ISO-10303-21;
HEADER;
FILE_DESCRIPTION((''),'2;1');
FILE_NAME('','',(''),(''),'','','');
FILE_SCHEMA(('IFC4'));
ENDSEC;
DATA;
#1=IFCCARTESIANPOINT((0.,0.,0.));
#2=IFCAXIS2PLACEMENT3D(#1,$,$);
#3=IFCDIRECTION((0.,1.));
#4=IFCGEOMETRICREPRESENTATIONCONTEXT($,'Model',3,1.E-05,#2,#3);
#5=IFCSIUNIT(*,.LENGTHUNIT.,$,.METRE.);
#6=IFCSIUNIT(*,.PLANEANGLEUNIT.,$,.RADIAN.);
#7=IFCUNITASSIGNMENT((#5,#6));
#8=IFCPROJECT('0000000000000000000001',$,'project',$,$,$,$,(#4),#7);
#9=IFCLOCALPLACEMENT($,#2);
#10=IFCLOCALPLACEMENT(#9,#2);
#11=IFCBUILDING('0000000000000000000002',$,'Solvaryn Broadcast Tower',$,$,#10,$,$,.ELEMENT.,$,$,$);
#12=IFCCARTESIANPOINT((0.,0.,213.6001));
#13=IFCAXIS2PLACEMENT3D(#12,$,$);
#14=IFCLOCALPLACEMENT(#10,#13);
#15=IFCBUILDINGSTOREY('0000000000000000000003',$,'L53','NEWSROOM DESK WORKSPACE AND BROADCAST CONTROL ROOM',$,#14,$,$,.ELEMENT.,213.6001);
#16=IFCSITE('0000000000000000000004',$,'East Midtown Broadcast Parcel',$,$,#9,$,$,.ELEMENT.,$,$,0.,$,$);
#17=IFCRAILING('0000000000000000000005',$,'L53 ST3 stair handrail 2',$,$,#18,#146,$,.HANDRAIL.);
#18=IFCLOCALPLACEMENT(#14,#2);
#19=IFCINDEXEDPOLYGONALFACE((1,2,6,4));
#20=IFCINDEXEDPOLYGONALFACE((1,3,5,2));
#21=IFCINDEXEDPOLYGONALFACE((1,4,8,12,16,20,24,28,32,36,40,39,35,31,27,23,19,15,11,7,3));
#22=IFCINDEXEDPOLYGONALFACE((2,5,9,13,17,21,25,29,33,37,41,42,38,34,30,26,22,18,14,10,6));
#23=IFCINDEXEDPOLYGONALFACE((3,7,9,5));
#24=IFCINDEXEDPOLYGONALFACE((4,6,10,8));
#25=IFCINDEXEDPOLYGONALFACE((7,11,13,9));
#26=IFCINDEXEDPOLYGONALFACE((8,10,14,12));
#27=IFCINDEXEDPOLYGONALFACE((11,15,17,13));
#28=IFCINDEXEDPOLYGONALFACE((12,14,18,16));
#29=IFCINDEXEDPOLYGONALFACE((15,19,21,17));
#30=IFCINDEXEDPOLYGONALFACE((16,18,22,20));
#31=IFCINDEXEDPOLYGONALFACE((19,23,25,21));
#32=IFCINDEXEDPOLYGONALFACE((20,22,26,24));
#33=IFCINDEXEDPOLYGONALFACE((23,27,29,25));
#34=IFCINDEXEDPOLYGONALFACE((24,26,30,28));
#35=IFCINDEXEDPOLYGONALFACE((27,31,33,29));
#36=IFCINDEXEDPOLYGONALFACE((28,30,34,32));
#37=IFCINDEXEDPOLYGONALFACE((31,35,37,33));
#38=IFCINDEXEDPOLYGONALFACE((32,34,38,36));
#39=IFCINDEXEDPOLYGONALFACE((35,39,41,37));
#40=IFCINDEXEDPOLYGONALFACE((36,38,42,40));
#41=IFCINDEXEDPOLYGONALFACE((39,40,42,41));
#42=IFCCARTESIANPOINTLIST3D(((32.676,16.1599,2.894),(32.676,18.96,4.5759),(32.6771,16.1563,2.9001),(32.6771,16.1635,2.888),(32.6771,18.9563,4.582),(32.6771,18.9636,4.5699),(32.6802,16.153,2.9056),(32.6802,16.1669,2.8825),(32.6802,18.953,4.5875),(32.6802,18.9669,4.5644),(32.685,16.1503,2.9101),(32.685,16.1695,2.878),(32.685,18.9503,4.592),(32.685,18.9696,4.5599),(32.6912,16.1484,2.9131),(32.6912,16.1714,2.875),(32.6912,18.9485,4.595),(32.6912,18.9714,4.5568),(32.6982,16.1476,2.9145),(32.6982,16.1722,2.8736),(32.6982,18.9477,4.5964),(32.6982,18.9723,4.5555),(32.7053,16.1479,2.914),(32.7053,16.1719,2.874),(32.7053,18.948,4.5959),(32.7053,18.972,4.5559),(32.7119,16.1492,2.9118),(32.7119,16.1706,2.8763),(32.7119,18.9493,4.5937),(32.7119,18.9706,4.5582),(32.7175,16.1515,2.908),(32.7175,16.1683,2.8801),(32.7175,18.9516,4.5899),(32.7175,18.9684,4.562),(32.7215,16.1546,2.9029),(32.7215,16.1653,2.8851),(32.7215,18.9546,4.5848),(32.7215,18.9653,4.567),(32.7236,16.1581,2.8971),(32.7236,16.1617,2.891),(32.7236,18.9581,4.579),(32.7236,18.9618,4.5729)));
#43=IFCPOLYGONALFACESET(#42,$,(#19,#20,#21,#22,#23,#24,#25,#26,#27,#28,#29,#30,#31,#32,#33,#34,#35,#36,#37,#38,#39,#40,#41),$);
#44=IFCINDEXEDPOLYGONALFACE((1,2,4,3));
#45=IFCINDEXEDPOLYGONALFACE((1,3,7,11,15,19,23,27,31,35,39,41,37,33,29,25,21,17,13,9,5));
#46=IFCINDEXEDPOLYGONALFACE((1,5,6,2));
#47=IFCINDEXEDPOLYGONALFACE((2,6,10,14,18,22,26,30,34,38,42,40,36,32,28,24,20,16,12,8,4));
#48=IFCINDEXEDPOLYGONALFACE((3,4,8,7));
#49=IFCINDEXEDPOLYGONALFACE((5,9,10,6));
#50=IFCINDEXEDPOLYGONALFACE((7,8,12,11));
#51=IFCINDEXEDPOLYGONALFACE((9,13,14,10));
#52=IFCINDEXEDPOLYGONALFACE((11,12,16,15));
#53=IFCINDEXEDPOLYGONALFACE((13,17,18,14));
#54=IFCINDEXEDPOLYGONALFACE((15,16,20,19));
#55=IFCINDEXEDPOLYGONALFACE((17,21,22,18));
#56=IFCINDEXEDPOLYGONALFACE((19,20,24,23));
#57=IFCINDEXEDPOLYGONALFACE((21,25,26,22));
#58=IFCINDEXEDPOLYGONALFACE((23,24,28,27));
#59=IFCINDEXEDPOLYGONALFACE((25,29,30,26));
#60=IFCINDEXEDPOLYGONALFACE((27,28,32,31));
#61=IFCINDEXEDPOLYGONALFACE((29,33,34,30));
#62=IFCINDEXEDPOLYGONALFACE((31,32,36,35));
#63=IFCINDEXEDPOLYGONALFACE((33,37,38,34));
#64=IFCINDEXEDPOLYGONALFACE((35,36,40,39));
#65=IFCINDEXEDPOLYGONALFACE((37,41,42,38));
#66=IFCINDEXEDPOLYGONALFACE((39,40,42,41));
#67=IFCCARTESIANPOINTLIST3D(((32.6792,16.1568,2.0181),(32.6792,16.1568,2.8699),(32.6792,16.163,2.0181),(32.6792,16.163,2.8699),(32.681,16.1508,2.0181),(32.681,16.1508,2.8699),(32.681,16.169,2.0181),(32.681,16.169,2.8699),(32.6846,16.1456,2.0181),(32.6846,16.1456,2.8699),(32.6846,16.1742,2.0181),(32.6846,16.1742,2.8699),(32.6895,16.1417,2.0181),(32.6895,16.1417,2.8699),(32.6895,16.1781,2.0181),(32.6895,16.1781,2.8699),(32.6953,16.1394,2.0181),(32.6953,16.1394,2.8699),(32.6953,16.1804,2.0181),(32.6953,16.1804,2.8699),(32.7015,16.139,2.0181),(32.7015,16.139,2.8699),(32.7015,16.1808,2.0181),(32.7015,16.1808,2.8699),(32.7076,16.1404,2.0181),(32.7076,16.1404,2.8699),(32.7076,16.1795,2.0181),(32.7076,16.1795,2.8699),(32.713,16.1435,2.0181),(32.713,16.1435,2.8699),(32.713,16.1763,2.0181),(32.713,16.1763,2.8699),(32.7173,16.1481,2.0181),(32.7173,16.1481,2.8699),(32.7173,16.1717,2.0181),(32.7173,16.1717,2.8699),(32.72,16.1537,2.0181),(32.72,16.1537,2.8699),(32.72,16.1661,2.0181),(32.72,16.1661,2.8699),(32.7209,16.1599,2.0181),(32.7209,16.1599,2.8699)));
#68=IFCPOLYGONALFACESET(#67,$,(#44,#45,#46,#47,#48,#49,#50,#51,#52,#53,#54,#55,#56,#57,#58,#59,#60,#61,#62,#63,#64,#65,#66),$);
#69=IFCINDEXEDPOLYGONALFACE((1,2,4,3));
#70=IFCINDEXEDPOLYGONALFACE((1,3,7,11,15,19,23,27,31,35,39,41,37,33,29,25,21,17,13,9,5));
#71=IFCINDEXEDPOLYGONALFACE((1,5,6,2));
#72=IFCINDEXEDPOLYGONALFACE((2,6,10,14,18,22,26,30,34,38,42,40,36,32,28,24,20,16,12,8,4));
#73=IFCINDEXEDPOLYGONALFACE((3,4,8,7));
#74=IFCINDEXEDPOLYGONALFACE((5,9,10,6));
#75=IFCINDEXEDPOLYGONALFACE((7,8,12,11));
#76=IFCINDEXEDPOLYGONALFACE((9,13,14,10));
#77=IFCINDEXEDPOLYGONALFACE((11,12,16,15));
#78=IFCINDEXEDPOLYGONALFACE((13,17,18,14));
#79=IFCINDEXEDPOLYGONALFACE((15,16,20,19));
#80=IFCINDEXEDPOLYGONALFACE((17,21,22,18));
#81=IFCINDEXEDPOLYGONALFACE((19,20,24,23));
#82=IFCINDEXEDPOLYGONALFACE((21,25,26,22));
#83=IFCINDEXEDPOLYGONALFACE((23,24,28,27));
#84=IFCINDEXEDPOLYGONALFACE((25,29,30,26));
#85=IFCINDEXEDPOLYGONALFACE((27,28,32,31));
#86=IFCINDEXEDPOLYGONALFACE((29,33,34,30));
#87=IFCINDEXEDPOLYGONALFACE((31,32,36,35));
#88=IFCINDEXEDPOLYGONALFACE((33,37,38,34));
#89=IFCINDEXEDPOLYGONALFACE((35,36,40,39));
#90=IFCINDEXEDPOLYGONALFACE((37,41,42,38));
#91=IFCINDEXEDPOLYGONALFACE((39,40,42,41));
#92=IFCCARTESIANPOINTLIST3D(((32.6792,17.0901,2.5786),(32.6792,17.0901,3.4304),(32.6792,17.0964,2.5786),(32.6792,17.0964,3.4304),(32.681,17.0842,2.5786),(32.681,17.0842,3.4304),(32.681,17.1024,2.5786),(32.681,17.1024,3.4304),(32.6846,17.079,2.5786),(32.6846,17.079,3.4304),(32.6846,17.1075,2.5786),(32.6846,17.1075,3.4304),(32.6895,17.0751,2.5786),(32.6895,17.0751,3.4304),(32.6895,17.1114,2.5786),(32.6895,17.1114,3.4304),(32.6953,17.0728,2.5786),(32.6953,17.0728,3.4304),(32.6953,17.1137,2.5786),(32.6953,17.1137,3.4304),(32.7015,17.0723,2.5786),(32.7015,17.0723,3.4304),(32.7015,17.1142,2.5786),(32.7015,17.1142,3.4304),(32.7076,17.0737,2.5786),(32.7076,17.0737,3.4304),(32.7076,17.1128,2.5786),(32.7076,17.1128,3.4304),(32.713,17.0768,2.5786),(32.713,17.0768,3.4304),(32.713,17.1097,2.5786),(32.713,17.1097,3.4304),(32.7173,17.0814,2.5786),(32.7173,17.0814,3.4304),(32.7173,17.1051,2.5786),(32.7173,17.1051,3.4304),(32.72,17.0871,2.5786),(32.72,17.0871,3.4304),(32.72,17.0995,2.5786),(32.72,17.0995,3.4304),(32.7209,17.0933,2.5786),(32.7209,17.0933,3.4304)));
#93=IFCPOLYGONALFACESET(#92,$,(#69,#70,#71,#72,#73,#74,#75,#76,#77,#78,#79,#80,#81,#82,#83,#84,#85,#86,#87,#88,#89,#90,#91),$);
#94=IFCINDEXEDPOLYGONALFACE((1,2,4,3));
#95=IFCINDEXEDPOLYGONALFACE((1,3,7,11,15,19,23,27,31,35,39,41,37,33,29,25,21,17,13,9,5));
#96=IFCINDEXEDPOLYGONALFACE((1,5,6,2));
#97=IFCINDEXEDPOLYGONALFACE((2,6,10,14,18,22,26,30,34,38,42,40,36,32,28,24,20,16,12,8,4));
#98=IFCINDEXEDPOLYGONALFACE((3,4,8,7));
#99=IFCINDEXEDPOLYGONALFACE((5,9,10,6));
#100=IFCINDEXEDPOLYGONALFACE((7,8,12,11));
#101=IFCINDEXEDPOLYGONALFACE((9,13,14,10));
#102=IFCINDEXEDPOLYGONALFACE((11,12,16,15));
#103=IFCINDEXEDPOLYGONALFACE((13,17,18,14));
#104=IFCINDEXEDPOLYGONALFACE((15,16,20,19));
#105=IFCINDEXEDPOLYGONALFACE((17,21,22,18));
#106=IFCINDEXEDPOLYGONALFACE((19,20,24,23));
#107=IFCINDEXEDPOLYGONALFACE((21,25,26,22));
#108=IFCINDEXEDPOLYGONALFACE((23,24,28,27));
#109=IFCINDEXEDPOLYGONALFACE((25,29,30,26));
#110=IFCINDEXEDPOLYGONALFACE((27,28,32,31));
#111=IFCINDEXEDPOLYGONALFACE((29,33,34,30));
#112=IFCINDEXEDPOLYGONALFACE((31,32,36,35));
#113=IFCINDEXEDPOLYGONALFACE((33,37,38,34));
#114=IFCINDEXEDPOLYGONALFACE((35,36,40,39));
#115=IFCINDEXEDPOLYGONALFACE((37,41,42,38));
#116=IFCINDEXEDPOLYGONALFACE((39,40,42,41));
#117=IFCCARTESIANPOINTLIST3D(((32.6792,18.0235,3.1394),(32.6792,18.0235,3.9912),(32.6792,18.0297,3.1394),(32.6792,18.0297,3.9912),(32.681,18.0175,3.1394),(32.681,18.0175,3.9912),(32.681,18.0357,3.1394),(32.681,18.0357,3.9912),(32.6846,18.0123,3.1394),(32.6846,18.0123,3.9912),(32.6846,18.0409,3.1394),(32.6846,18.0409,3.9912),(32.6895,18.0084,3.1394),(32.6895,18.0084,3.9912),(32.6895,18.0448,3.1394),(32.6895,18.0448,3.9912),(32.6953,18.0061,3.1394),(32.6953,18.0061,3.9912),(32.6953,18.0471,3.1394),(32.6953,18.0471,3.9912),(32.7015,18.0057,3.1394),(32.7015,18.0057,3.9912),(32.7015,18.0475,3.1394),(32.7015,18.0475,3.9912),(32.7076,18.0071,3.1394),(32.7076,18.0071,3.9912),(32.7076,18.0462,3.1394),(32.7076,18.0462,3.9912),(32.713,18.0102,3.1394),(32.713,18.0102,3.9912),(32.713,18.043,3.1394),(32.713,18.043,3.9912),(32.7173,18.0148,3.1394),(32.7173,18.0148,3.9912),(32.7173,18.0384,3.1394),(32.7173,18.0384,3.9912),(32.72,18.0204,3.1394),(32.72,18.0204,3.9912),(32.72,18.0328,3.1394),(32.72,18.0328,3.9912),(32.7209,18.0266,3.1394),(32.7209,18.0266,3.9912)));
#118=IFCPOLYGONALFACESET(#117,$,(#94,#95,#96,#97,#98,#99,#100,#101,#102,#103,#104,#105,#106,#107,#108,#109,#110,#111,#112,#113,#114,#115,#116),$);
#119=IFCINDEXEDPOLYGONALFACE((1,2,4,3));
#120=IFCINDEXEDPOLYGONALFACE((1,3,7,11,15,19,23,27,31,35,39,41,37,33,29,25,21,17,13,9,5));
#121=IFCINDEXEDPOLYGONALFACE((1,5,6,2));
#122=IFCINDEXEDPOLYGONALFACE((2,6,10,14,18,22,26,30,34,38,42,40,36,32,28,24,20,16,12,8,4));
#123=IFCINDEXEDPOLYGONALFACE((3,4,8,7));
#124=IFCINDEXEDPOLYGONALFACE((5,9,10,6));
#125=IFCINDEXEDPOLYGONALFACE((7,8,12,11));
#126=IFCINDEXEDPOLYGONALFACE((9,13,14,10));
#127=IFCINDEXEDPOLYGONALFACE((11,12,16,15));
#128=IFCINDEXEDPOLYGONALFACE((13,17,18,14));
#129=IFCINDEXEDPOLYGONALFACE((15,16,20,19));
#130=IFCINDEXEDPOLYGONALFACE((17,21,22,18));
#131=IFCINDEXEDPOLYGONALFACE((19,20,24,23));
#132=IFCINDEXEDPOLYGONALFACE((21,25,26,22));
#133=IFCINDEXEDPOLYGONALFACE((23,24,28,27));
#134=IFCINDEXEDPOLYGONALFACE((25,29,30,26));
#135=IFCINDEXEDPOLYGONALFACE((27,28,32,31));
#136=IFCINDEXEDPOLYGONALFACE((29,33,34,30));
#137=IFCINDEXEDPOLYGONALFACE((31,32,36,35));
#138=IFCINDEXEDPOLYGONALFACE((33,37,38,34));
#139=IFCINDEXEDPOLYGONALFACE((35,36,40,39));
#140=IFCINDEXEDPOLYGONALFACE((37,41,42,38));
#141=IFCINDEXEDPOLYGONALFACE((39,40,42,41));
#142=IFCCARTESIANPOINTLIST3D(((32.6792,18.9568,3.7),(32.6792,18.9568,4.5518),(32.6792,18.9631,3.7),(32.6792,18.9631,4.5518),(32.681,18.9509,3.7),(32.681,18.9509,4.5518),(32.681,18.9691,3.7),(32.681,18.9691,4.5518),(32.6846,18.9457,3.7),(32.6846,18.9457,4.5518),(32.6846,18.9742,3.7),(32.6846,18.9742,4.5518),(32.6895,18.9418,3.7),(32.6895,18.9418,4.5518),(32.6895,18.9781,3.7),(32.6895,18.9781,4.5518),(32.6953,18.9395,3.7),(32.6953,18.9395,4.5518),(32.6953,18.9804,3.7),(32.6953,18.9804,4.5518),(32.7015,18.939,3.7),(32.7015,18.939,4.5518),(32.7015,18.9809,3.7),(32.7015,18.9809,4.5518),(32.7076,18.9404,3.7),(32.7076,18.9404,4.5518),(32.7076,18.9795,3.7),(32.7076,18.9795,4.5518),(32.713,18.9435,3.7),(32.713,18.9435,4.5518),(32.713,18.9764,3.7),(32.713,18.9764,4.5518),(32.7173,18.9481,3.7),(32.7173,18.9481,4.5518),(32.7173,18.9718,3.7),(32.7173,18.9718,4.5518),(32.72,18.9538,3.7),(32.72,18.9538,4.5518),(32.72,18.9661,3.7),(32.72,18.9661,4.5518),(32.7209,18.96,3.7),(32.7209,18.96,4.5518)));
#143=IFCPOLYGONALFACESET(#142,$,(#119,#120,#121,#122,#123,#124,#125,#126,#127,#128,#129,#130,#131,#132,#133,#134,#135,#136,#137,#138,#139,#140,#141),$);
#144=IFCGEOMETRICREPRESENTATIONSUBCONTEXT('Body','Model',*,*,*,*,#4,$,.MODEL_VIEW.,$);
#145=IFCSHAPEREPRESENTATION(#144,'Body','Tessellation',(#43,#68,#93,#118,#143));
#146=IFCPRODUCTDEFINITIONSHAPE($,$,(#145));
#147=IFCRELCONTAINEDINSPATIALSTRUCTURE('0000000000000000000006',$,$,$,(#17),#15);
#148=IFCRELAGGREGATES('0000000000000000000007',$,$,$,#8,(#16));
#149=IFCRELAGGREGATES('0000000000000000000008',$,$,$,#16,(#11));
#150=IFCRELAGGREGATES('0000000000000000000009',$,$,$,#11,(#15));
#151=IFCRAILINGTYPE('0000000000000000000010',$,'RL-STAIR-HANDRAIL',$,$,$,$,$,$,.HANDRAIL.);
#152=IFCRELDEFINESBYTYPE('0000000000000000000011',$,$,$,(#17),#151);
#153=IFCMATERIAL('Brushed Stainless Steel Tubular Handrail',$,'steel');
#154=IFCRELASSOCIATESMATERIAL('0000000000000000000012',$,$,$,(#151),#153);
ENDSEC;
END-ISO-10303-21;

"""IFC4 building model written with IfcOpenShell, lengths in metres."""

from ifc_helpers import new_model, si_unit, direction, frame, origin, origin_2d, place, context, subcontext, project, spatial, circle, extrude, material, type_object, element, save


model = new_model("IFC4")

# Units and contexts
model_context = context("Model", 3, precision=1e-05, world=origin(), true_north=direction((0.0, 1.0)))
body_context = subcontext(model_context, "Body", "Model", "MODEL_VIEW")
ifc_project = project(units=[si_unit("LENGTHUNIT", "METRE"), si_unit("PLANEANGLEUNIT", "RADIAN")], contexts=[model_context])

# Site, building, storey
site_placement = place(None, origin())
site = spatial("IfcSite", under=ifc_project, at=site_placement, Name="East Midtown Broadcast Parcel", CompositionType="ELEMENT", RefElevation=0.0)
building_placement = place(site_placement, origin())
building = spatial("IfcBuilding", under=site, at=building_placement, Name="Solvaryn Broadcast Tower", CompositionType="ELEMENT")
storey_placement = place(building_placement, frame((0.0, 0.0, 213.6001)))
storey = spatial("IfcBuildingStorey", under=building, at=storey_placement, Name="L53", Description="NEWSROOM DESK WORKSPACE AND BROADCAST CONTROL ROOM", CompositionType="ELEMENT", Elevation=213.6001)

# Railing
ifc_material_1 = material(Name="Brushed Stainless Steel Tubular Handrail", Category="steel")
railing_type_1 = type_object("IfcRailingType", Name="RL-STAIR-HANDRAIL", PredefinedType="HANDRAIL", material=ifc_material_1)
railing_1_placement = place(storey_placement, frame((32.7, 16.1599, 2.0181)))
element("IfcRailing", 1, at=railing_1_placement, inside=storey, type_object=railing_type_1, Name="L53 ST3 stair handrail 2", PredefinedType="HANDRAIL", context=body_context, shape_type="SweptSolid", body=[
    extrude(circle(Radius=0.0239, at=origin_2d()), frame((0.0, 0.0, 0.876), z_axis=(0.0, 0.857242, 0.514913), x_axis=(-1.0, 0.0, 0.0)), (0.0, 0.0, 1.0), 3.2664),
    extrude(circle(Radius=0.021, at=origin_2d()), origin(), (0.0, 0.0, 1.0), 0.8518),
    extrude(circle(Radius=0.021, at=origin_2d()), frame((0.0, 0.9333, 0.5605)), (0.0, 0.0, 1.0), 0.8518),
    extrude(circle(Radius=0.021, at=origin_2d()), frame((0.0, 1.8667, 1.1213)), (0.0, 0.0, 1.0), 0.8518),
    extrude(circle(Radius=0.021, at=origin_2d()), frame((0.0, 2.8, 1.6819)), (0.0, 0.0, 1.0), 0.8518),
])

save(model, "model.ifc")
